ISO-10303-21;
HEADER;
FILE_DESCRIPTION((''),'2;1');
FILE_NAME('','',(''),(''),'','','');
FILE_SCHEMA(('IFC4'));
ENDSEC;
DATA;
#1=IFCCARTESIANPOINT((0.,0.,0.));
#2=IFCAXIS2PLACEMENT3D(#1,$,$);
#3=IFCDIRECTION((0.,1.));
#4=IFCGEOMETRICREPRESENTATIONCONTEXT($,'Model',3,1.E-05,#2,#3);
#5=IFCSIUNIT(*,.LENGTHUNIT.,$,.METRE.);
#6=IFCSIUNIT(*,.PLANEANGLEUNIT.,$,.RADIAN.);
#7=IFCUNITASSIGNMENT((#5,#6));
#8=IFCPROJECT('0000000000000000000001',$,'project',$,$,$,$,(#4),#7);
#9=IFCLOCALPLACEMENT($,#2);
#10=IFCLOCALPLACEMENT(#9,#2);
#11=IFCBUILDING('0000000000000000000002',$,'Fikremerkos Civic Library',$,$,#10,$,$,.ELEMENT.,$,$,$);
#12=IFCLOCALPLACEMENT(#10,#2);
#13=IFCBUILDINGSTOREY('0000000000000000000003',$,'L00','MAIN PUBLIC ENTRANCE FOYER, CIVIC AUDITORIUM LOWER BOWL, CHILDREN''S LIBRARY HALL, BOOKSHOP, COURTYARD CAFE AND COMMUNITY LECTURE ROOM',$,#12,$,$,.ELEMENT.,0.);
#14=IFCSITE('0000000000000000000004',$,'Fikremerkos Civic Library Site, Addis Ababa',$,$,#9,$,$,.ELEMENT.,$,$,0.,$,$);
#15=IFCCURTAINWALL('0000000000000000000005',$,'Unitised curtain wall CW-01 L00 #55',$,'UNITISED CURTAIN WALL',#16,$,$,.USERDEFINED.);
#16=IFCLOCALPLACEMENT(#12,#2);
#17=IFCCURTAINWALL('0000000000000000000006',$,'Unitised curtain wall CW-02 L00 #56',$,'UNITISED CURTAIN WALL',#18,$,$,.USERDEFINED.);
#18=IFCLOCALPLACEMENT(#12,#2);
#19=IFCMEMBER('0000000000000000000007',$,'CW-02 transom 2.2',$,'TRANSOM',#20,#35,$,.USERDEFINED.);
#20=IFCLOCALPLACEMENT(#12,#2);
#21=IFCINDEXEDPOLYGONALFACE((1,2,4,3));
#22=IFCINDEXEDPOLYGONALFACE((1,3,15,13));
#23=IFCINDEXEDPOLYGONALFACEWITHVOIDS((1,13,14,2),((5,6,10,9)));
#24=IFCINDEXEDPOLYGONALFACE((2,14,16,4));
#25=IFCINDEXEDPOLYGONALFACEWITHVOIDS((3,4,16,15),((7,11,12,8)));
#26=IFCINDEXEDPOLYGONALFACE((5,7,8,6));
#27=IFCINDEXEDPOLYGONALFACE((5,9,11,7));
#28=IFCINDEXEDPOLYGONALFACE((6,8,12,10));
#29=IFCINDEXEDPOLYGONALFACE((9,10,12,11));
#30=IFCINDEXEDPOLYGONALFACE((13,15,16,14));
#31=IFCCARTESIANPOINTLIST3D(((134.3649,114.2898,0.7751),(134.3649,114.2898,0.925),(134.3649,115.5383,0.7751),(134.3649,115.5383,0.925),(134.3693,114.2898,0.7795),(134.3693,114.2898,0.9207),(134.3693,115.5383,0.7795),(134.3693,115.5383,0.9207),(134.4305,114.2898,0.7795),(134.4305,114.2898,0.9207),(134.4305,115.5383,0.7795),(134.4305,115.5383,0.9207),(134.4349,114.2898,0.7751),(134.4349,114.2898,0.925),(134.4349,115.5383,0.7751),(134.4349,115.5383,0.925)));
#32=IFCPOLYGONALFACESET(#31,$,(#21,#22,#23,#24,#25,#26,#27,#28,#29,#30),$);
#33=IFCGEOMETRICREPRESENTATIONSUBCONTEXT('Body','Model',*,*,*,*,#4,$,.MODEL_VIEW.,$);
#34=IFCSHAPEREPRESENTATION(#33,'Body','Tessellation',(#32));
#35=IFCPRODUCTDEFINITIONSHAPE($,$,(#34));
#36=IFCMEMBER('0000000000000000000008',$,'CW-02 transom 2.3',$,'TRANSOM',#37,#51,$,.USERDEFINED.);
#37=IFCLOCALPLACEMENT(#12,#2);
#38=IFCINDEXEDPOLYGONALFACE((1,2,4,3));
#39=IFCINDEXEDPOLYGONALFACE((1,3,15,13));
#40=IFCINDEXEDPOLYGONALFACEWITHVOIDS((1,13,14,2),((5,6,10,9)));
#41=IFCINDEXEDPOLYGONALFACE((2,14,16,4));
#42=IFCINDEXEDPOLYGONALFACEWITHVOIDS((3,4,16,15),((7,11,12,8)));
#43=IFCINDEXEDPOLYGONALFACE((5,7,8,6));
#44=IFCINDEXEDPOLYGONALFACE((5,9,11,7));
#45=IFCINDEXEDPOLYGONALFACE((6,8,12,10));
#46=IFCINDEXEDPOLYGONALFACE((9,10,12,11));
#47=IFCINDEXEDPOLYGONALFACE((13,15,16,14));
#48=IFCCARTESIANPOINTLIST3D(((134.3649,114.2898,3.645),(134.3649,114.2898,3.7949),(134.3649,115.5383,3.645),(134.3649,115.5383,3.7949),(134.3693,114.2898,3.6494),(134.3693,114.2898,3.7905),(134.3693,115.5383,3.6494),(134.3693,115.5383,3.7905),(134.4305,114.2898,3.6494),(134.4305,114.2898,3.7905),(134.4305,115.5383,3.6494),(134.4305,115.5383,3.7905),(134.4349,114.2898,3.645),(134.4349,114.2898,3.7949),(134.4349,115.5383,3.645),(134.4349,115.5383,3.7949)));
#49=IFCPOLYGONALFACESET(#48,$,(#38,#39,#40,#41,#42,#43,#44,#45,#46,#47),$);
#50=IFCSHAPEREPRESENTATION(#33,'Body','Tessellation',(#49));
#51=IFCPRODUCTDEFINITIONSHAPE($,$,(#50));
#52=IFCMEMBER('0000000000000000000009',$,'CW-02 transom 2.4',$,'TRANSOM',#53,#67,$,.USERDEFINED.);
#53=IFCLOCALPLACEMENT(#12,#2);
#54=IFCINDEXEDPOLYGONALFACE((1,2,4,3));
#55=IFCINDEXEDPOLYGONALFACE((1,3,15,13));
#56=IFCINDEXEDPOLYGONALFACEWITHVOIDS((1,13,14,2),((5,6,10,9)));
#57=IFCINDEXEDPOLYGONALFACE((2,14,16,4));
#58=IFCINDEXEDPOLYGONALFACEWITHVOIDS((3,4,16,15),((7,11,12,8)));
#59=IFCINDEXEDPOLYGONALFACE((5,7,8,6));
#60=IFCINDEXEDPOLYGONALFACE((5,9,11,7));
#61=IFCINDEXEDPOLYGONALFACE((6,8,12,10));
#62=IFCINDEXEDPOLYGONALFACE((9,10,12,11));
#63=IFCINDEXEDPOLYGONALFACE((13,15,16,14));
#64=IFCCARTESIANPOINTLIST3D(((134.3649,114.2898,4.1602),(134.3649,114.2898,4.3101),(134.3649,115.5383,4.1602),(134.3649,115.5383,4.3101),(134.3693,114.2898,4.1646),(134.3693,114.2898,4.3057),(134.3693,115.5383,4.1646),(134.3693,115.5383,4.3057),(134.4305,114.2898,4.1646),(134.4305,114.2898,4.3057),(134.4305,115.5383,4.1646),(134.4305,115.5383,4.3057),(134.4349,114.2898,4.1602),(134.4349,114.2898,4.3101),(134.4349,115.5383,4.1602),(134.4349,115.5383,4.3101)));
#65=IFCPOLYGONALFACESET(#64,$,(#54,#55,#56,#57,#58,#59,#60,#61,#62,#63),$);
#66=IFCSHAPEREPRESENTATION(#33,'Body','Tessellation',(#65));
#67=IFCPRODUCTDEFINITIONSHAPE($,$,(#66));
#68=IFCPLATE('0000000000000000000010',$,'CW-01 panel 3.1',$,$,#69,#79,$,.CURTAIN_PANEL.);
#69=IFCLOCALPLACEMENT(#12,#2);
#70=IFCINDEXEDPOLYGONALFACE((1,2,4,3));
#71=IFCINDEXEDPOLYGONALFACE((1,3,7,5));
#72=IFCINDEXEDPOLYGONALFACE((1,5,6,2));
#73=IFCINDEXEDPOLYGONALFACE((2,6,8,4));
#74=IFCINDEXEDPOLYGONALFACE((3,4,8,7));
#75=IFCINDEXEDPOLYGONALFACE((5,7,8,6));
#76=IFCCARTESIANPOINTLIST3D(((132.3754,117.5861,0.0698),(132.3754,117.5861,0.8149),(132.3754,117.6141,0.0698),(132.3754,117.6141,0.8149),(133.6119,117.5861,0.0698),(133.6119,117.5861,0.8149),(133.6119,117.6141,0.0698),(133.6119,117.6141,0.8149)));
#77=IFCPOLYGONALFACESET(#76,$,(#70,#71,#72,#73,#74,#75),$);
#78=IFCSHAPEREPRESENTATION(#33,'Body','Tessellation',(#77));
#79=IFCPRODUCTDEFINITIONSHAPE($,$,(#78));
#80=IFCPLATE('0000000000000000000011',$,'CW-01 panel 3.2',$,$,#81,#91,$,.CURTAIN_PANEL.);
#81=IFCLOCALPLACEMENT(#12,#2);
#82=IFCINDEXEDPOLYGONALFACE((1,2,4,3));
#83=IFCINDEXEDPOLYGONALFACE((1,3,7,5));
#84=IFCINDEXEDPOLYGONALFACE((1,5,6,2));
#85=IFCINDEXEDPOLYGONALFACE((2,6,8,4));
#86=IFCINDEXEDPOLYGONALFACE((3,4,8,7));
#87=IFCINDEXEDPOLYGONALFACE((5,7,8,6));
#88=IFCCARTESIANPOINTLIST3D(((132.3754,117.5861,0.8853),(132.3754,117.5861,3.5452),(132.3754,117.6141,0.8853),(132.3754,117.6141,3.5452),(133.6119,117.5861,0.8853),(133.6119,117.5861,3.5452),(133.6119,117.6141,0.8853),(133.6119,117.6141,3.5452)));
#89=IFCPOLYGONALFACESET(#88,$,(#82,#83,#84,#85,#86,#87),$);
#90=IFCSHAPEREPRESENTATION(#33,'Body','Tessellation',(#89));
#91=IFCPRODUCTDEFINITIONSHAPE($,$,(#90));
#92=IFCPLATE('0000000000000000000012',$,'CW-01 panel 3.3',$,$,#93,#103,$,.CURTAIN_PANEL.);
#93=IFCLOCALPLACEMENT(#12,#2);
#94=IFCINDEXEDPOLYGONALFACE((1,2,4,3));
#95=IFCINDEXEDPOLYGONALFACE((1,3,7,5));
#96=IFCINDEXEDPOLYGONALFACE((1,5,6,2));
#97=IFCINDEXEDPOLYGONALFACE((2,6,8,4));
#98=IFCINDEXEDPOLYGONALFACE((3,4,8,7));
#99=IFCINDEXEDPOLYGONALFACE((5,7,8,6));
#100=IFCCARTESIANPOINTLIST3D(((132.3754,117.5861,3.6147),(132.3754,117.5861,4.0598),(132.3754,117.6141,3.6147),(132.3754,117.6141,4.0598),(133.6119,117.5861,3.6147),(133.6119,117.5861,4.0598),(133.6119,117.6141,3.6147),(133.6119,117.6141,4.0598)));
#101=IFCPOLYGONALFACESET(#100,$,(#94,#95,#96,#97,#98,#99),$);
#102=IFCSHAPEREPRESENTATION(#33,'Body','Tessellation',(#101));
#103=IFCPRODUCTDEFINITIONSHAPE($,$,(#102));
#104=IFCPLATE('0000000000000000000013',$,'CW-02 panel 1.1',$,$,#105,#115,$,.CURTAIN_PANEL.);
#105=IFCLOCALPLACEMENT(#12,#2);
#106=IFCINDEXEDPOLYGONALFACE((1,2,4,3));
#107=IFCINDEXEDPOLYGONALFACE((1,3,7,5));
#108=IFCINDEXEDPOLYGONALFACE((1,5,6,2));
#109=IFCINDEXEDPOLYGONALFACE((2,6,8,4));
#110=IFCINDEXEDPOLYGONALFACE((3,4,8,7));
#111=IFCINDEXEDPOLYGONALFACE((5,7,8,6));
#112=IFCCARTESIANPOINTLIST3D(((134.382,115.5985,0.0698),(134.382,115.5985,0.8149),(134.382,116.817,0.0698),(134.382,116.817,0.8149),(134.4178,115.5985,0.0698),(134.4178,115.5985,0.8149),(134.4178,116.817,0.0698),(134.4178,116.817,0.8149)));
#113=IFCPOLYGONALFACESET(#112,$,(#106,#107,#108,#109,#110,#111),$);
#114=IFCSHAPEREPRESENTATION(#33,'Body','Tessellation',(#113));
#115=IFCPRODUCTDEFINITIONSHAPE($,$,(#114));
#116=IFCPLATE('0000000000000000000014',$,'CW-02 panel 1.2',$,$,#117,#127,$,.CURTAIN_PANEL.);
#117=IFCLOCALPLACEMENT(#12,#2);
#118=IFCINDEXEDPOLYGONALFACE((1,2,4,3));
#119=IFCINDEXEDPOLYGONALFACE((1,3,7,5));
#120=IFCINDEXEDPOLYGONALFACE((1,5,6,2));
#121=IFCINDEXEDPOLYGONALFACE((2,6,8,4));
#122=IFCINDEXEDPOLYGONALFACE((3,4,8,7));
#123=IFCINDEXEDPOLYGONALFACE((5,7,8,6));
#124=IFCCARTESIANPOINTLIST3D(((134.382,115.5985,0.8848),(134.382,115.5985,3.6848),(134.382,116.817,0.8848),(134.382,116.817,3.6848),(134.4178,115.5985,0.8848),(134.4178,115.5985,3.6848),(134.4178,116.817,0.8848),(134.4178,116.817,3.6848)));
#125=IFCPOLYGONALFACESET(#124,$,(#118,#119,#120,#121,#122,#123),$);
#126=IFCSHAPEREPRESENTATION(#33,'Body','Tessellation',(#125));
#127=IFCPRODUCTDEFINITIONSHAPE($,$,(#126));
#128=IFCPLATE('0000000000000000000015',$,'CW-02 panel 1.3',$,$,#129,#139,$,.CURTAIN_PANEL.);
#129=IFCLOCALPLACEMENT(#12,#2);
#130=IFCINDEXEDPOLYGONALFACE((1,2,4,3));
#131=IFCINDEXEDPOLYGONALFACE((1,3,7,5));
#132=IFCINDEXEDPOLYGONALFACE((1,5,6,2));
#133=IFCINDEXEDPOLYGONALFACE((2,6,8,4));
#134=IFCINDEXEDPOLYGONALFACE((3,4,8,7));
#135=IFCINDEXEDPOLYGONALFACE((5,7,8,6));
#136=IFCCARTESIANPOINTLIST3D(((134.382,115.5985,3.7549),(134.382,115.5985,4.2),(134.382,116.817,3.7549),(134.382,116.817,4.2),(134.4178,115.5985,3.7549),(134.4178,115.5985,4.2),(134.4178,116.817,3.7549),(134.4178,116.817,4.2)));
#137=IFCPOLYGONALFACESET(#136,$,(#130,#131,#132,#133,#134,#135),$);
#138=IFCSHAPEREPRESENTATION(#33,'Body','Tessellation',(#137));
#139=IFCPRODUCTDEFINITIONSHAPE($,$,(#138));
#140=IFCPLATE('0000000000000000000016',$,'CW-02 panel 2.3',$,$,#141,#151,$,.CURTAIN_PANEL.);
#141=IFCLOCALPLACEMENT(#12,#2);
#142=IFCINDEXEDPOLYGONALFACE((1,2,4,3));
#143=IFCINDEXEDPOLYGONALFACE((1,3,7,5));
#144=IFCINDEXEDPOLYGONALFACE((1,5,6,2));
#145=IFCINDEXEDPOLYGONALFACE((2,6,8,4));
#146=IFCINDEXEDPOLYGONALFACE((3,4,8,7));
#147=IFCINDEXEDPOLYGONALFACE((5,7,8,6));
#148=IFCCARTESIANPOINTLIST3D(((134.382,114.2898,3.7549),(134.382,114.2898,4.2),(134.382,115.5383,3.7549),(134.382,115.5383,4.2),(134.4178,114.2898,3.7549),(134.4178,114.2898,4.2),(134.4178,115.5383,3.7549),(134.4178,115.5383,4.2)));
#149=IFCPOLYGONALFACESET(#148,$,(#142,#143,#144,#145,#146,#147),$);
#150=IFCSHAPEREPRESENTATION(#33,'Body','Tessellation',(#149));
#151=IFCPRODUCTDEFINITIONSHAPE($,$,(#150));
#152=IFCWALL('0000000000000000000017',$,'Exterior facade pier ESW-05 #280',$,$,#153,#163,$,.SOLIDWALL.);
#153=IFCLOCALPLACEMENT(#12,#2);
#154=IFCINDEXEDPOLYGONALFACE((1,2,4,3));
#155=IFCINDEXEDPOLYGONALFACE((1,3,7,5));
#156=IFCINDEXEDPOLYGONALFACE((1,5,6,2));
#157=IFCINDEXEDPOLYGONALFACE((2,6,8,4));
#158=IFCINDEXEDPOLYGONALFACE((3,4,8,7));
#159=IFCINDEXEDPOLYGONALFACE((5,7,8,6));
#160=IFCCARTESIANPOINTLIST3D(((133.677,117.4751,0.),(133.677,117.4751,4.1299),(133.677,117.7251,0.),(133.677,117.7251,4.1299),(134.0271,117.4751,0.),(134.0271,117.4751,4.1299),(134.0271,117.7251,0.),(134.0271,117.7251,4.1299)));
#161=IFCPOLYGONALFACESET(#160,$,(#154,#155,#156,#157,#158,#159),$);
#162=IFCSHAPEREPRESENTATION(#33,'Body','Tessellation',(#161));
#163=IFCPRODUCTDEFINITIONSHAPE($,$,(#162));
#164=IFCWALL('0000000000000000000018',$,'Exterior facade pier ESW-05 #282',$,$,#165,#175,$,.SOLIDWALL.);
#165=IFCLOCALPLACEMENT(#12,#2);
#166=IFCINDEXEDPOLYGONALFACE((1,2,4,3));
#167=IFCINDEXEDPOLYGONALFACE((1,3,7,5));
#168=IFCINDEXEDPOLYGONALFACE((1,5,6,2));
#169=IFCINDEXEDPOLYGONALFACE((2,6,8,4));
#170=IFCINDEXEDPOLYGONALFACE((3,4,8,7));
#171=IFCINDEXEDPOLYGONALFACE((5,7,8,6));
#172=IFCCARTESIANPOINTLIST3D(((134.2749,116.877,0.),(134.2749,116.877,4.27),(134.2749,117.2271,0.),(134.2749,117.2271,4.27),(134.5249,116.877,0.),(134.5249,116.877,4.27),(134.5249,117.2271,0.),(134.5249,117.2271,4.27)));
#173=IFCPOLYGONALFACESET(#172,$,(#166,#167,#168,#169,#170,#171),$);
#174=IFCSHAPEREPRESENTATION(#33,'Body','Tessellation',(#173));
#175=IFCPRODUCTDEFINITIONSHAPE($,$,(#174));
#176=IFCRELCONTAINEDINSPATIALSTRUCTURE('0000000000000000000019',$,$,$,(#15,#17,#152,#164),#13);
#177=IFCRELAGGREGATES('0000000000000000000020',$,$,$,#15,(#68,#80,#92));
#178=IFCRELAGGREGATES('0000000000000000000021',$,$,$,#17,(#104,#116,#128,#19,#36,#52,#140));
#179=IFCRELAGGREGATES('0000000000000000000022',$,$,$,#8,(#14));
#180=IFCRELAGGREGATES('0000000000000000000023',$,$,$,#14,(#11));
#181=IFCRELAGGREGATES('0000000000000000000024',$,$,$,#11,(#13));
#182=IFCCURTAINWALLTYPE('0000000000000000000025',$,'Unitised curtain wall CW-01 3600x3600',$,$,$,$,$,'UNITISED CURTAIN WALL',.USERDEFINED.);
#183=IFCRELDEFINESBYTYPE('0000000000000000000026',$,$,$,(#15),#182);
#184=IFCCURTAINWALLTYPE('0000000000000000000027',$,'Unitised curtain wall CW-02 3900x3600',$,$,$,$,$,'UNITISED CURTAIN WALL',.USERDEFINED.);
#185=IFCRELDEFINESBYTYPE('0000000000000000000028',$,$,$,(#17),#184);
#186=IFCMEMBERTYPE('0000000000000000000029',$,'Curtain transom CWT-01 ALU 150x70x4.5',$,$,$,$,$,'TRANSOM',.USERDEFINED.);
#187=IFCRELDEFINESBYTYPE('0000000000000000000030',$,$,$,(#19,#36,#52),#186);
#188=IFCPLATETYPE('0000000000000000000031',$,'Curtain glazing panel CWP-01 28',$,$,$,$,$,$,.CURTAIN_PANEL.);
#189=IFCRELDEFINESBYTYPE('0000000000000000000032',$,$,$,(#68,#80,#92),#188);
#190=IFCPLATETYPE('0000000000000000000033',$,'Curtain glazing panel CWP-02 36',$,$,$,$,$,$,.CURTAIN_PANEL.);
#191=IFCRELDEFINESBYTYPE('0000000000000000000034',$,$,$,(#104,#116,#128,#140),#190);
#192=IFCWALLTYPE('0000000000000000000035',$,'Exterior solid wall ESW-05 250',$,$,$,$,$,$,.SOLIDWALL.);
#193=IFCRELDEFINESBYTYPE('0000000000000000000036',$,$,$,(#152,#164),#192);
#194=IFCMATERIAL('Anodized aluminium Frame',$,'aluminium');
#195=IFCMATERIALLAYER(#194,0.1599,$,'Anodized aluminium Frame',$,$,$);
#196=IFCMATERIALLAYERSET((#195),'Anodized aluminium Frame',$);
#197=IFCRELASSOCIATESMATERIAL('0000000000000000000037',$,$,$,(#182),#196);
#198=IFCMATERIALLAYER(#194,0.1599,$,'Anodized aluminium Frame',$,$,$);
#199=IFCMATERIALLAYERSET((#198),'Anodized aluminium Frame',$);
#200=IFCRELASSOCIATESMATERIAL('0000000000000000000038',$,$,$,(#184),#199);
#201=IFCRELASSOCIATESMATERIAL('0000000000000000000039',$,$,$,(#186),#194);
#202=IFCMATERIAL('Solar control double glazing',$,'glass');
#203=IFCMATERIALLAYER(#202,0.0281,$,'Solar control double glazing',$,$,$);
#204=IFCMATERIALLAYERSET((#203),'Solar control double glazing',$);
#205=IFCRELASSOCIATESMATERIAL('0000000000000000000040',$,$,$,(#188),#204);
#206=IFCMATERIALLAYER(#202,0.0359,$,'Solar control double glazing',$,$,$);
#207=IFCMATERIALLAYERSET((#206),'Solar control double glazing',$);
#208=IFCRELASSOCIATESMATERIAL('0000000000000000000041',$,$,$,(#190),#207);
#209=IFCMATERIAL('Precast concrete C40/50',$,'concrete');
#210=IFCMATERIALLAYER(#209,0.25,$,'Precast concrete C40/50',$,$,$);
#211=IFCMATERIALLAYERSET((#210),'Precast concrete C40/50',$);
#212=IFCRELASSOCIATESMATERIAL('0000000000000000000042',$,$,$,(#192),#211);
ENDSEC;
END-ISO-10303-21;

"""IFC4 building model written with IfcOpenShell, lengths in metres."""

from ifc_helpers import new_model, si_unit, direction, frame, frame_2d, origin, origin_2d, place, context, subcontext, project, spatial, rectangle, hollow_rectangle, extrude, material, layer, layer_set, material_profile, profile_set, type_object, element, aggregate, save


model = new_model("IFC4")

# Units and contexts
model_context = context("Model", 3, precision=1e-05, world=origin(), true_north=direction((0.0, 1.0)))
body_context = subcontext(model_context, "Body", "Model", "MODEL_VIEW")
ifc_project = project(units=[si_unit("LENGTHUNIT", "METRE"), si_unit("PLANEANGLEUNIT", "RADIAN")], contexts=[model_context])

# Site, building, storey
site_placement = place(None, origin())
site = spatial("IfcSite", under=ifc_project, at=site_placement, Name="Fikremerkos Civic Library Site, Addis Ababa", CompositionType="ELEMENT", RefElevation=0.0)
building_placement = place(site_placement, origin())
building = spatial("IfcBuilding", under=site, at=building_placement, Name="Fikremerkos Civic Library", CompositionType="ELEMENT")
storey_placement = place(building_placement, origin())
storey = spatial("IfcBuildingStorey", under=building, at=storey_placement, Name="L00", Description="MAIN PUBLIC ENTRANCE FOYER, CIVIC AUDITORIUM LOWER BOWL, CHILDREN'S LIBRARY HALL, BOOKSHOP, COURTYARD CAFE AND COMMUNITY LECTURE ROOM", CompositionType="ELEMENT", Elevation=0.0)

# Curtain wall
ifc_material_1 = material(Name="Anodized aluminium Frame", Category="aluminium")
ifc_layer_1 = layer(ifc_material_1, 0.1599, Name="Anodized aluminium Frame")
ifc_layer_set_1 = layer_set([ifc_layer_1], Name="Anodized aluminium Frame")
curtain_wall_type_1 = type_object("IfcCurtainWallType", Name="Unitised curtain wall CW-01 3600x3600", ElementType="UNITISED CURTAIN WALL", PredefinedType="USERDEFINED", material=ifc_layer_set_1)
curtain_wall_1_placement = place(storey_placement, origin())
curtain_wall_1 = element("IfcCurtainWall", 1, at=curtain_wall_1_placement, inside=storey, type_object=curtain_wall_type_1, Name="Unitised curtain wall CW-01 L00 #55", ObjectType="UNITISED CURTAIN WALL", PredefinedType="USERDEFINED")

# Curtain wall
ifc_layer_2 = layer(ifc_material_1, 0.1599, Name="Anodized aluminium Frame")
ifc_layer_set_2 = layer_set([ifc_layer_2], Name="Anodized aluminium Frame")
curtain_wall_type_2 = type_object("IfcCurtainWallType", Name="Unitised curtain wall CW-02 3900x3600", ElementType="UNITISED CURTAIN WALL", PredefinedType="USERDEFINED", material=ifc_layer_set_2)
curtain_wall_2_placement = place(storey_placement, origin())
curtain_wall_2 = element("IfcCurtainWall", 2, at=curtain_wall_2_placement, inside=storey, type_object=curtain_wall_type_2, Name="Unitised curtain wall CW-02 L00 #56", ObjectType="UNITISED CURTAIN WALL", PredefinedType="USERDEFINED")

# Members
ifc_material_profile_1 = material_profile(ifc_material_1, hollow_rectangle(XDim=0.0701, YDim=0.1499, WallThickness=0.0044, at=origin_2d()), Name="ALU 150x70x4.5")
ifc_profile_set_1 = profile_set([ifc_material_profile_1], Name="Anodized aluminium Frame")
member_type_1 = type_object("IfcMemberType", Name="Curtain transom CWT-01 ALU 150x70x4.5", ElementType="TRANSOM", PredefinedType="USERDEFINED", material=ifc_profile_set_1)
member_1_placement = place(storey_placement, frame((134.3999, 115.5383, 0.8501), z_axis=(0.0, -1.0, 0.0), x_axis=(1.0, 0.0, 0.0)))
member_1 = element("IfcMember", 3, at=member_1_placement, type_object=member_type_1, Name="CW-02 transom 2.2", ObjectType="TRANSOM", PredefinedType="USERDEFINED", context=body_context, shape_type="SweptSolid", body=[
    extrude(hollow_rectangle(XDim=0.0701, YDim=0.1499, WallThickness=0.0044, at=origin_2d()), origin(), (0.0, 0.0, 1.0), 1.2485),
])
member_2_placement = place(storey_placement, frame((134.3999, 115.5383, 3.72), z_axis=(0.0, -1.0, 0.0), x_axis=(1.0, 0.0, 0.0)))
member_2 = element("IfcMember", 4, at=member_2_placement, type_object=member_type_1, Name="CW-02 transom 2.3", ObjectType="TRANSOM", PredefinedType="USERDEFINED", context=body_context, shape_type="SweptSolid", body=[
    extrude(hollow_rectangle(XDim=0.0701, YDim=0.1499, WallThickness=0.0044, at=origin_2d()), origin(), (0.0, 0.0, 1.0), 1.2485),
])
member_3_placement = place(storey_placement, frame((134.3999, 115.5383, 4.2351), z_axis=(0.0, -1.0, 0.0), x_axis=(1.0, 0.0, 0.0)))
member_3 = element("IfcMember", 5, at=member_3_placement, type_object=member_type_1, Name="CW-02 transom 2.4", ObjectType="TRANSOM", PredefinedType="USERDEFINED", context=body_context, shape_type="SweptSolid", body=[
    extrude(hollow_rectangle(XDim=0.0701, YDim=0.1499, WallThickness=0.0044, at=origin_2d()), origin(), (0.0, 0.0, 1.0), 1.2485),
])

# Plates
ifc_material_2 = material(Name="Solar control double glazing", Category="glass")
ifc_layer_3 = layer(ifc_material_2, 0.0281, Name="Solar control double glazing")
ifc_layer_set_3 = layer_set([ifc_layer_3], Name="Solar control double glazing")
plate_type_1 = type_object("IfcPlateType", Name="Curtain glazing panel CWP-01 28", PredefinedType="CURTAIN_PANEL", material=ifc_layer_set_3)
plate_1_placement = place(storey_placement, frame((132.9937, 117.6001, 0.0698), z_axis=(0.0, 0.0, 1.0), x_axis=(1.0, 0.0, 0.0)))
plate_1 = element("IfcPlate", 6, at=plate_1_placement, type_object=plate_type_1, Name="CW-01 panel 3.1", PredefinedType="CURTAIN_PANEL", context=body_context, shape_type="SweptSolid", body=[
    extrude(rectangle(XDim=1.2366, YDim=0.0281, at=origin_2d()), origin(), (0.0, 0.0, 1.0), 0.7451),
])
plate_2_placement = place(storey_placement, frame((132.9937, 117.6001, 0.8853), z_axis=(0.0, 0.0, 1.0), x_axis=(1.0, 0.0, 0.0)))
plate_2 = element("IfcPlate", 7, at=plate_2_placement, type_object=plate_type_1, Name="CW-01 panel 3.2", PredefinedType="CURTAIN_PANEL", context=body_context, shape_type="SweptSolid", body=[
    extrude(rectangle(XDim=1.2366, YDim=0.0281, at=origin_2d()), origin(), (0.0, 0.0, 1.0), 2.6599),
])
plate_3_placement = place(storey_placement, frame((132.9937, 117.6001, 3.6147), z_axis=(0.0, 0.0, 1.0), x_axis=(1.0, 0.0, 0.0)))
plate_3 = element("IfcPlate", 8, at=plate_3_placement, type_object=plate_type_1, Name="CW-01 panel 3.3", PredefinedType="CURTAIN_PANEL", context=body_context, shape_type="SweptSolid", body=[
    extrude(rectangle(XDim=1.2366, YDim=0.0281, at=origin_2d()), origin(), (0.0, 0.0, 1.0), 0.4451),
])
aggregate(curtain_wall_1, [plate_1, plate_2, plate_3])
ifc_layer_4 = layer(ifc_material_2, 0.0359, Name="Solar control double glazing")
ifc_layer_set_4 = layer_set([ifc_layer_4], Name="Solar control double glazing")
plate_type_2 = type_object("IfcPlateType", Name="Curtain glazing panel CWP-02 36", PredefinedType="CURTAIN_PANEL", material=ifc_layer_set_4)
plate_4_placement = place(storey_placement, frame((134.3999, 116.2078, 0.0698), z_axis=(0.0, 0.0, 1.0), x_axis=(0.0, -1.0, 0.0)))
plate_4 = element("IfcPlate", 9, at=plate_4_placement, type_object=plate_type_2, Name="CW-02 panel 1.1", PredefinedType="CURTAIN_PANEL", context=body_context, shape_type="SweptSolid", body=[
    extrude(rectangle(XDim=1.2185, YDim=0.0359, at=origin_2d()), origin(), (0.0, 0.0, 1.0), 0.7451),
])
plate_5_placement = place(storey_placement, frame((134.3999, 116.2078, 0.8848), z_axis=(0.0, 0.0, 1.0), x_axis=(0.0, -1.0, 0.0)))
plate_5 = element("IfcPlate", 10, at=plate_5_placement, type_object=plate_type_2, Name="CW-02 panel 1.2", PredefinedType="CURTAIN_PANEL", context=body_context, shape_type="SweptSolid", body=[
    extrude(rectangle(XDim=1.2185, YDim=0.0359, at=origin_2d()), origin(), (0.0, 0.0, 1.0), 2.8),
])
plate_6_placement = place(storey_placement, frame((134.3999, 116.2078, 3.7549), z_axis=(0.0, 0.0, 1.0), x_axis=(0.0, -1.0, 0.0)))
plate_6 = element("IfcPlate", 11, at=plate_6_placement, type_object=plate_type_2, Name="CW-02 panel 1.3", PredefinedType="CURTAIN_PANEL", context=body_context, shape_type="SweptSolid", body=[
    extrude(rectangle(XDim=1.2185, YDim=0.0359, at=origin_2d()), origin(), (0.0, 0.0, 1.0), 0.4451),
])
plate_7_placement = place(storey_placement, frame((134.3999, 114.9141, 3.7549), z_axis=(0.0, 0.0, 1.0), x_axis=(0.0, -1.0, 0.0)))
plate_7 = element("IfcPlate", 12, at=plate_7_placement, type_object=plate_type_2, Name="CW-02 panel 2.3", PredefinedType="CURTAIN_PANEL", context=body_context, shape_type="SweptSolid", body=[
    extrude(rectangle(XDim=1.2485, YDim=0.0359, at=origin_2d()), origin(), (0.0, 0.0, 1.0), 0.4451),
])
aggregate(curtain_wall_2, [plate_4, plate_5, plate_6, member_1, member_2, member_3, plate_7])

# Walls
ifc_material_3 = material(Name="Precast concrete C40/50", Category="concrete")
ifc_layer_5 = layer(ifc_material_3, 0.25, Name="Precast concrete C40/50")
ifc_layer_set_5 = layer_set([ifc_layer_5], Name="Precast concrete C40/50")
wall_type = type_object("IfcWallType", Name="Exterior solid wall ESW-05 250", PredefinedType="SOLIDWALL", material=ifc_layer_set_5)
wall_1_placement = place(storey_placement, frame((133.677, 117.6001, 0.0), z_axis=(0.0, 0.0, 1.0), x_axis=(1.0, 0.0, 0.0)))
element("IfcWall", 13, at=wall_1_placement, inside=storey, type_object=wall_type, Name="Exterior facade pier ESW-05 #280", PredefinedType="SOLIDWALL", context=body_context, shape_type="SweptSolid", body=[
    extrude(rectangle(XDim=0.3501, YDim=0.25, at=frame_2d((0.175, 0.0))), origin(), (0.0, 0.0, 1.0), 4.1299),
])
wall_2_placement = place(storey_placement, frame((134.3999, 117.2271, 0.0), z_axis=(0.0, 0.0, 1.0), x_axis=(0.0, -1.0, 0.0)))
element("IfcWall", 14, at=wall_2_placement, inside=storey, type_object=wall_type, Name="Exterior facade pier ESW-05 #282", PredefinedType="SOLIDWALL", context=body_context, shape_type="SweptSolid", body=[
    extrude(rectangle(XDim=0.3501, YDim=0.25, at=frame_2d((0.175, 0.0))), origin(), (0.0, 0.0, 1.0), 4.27),
])

save(model, "model.ifc")
